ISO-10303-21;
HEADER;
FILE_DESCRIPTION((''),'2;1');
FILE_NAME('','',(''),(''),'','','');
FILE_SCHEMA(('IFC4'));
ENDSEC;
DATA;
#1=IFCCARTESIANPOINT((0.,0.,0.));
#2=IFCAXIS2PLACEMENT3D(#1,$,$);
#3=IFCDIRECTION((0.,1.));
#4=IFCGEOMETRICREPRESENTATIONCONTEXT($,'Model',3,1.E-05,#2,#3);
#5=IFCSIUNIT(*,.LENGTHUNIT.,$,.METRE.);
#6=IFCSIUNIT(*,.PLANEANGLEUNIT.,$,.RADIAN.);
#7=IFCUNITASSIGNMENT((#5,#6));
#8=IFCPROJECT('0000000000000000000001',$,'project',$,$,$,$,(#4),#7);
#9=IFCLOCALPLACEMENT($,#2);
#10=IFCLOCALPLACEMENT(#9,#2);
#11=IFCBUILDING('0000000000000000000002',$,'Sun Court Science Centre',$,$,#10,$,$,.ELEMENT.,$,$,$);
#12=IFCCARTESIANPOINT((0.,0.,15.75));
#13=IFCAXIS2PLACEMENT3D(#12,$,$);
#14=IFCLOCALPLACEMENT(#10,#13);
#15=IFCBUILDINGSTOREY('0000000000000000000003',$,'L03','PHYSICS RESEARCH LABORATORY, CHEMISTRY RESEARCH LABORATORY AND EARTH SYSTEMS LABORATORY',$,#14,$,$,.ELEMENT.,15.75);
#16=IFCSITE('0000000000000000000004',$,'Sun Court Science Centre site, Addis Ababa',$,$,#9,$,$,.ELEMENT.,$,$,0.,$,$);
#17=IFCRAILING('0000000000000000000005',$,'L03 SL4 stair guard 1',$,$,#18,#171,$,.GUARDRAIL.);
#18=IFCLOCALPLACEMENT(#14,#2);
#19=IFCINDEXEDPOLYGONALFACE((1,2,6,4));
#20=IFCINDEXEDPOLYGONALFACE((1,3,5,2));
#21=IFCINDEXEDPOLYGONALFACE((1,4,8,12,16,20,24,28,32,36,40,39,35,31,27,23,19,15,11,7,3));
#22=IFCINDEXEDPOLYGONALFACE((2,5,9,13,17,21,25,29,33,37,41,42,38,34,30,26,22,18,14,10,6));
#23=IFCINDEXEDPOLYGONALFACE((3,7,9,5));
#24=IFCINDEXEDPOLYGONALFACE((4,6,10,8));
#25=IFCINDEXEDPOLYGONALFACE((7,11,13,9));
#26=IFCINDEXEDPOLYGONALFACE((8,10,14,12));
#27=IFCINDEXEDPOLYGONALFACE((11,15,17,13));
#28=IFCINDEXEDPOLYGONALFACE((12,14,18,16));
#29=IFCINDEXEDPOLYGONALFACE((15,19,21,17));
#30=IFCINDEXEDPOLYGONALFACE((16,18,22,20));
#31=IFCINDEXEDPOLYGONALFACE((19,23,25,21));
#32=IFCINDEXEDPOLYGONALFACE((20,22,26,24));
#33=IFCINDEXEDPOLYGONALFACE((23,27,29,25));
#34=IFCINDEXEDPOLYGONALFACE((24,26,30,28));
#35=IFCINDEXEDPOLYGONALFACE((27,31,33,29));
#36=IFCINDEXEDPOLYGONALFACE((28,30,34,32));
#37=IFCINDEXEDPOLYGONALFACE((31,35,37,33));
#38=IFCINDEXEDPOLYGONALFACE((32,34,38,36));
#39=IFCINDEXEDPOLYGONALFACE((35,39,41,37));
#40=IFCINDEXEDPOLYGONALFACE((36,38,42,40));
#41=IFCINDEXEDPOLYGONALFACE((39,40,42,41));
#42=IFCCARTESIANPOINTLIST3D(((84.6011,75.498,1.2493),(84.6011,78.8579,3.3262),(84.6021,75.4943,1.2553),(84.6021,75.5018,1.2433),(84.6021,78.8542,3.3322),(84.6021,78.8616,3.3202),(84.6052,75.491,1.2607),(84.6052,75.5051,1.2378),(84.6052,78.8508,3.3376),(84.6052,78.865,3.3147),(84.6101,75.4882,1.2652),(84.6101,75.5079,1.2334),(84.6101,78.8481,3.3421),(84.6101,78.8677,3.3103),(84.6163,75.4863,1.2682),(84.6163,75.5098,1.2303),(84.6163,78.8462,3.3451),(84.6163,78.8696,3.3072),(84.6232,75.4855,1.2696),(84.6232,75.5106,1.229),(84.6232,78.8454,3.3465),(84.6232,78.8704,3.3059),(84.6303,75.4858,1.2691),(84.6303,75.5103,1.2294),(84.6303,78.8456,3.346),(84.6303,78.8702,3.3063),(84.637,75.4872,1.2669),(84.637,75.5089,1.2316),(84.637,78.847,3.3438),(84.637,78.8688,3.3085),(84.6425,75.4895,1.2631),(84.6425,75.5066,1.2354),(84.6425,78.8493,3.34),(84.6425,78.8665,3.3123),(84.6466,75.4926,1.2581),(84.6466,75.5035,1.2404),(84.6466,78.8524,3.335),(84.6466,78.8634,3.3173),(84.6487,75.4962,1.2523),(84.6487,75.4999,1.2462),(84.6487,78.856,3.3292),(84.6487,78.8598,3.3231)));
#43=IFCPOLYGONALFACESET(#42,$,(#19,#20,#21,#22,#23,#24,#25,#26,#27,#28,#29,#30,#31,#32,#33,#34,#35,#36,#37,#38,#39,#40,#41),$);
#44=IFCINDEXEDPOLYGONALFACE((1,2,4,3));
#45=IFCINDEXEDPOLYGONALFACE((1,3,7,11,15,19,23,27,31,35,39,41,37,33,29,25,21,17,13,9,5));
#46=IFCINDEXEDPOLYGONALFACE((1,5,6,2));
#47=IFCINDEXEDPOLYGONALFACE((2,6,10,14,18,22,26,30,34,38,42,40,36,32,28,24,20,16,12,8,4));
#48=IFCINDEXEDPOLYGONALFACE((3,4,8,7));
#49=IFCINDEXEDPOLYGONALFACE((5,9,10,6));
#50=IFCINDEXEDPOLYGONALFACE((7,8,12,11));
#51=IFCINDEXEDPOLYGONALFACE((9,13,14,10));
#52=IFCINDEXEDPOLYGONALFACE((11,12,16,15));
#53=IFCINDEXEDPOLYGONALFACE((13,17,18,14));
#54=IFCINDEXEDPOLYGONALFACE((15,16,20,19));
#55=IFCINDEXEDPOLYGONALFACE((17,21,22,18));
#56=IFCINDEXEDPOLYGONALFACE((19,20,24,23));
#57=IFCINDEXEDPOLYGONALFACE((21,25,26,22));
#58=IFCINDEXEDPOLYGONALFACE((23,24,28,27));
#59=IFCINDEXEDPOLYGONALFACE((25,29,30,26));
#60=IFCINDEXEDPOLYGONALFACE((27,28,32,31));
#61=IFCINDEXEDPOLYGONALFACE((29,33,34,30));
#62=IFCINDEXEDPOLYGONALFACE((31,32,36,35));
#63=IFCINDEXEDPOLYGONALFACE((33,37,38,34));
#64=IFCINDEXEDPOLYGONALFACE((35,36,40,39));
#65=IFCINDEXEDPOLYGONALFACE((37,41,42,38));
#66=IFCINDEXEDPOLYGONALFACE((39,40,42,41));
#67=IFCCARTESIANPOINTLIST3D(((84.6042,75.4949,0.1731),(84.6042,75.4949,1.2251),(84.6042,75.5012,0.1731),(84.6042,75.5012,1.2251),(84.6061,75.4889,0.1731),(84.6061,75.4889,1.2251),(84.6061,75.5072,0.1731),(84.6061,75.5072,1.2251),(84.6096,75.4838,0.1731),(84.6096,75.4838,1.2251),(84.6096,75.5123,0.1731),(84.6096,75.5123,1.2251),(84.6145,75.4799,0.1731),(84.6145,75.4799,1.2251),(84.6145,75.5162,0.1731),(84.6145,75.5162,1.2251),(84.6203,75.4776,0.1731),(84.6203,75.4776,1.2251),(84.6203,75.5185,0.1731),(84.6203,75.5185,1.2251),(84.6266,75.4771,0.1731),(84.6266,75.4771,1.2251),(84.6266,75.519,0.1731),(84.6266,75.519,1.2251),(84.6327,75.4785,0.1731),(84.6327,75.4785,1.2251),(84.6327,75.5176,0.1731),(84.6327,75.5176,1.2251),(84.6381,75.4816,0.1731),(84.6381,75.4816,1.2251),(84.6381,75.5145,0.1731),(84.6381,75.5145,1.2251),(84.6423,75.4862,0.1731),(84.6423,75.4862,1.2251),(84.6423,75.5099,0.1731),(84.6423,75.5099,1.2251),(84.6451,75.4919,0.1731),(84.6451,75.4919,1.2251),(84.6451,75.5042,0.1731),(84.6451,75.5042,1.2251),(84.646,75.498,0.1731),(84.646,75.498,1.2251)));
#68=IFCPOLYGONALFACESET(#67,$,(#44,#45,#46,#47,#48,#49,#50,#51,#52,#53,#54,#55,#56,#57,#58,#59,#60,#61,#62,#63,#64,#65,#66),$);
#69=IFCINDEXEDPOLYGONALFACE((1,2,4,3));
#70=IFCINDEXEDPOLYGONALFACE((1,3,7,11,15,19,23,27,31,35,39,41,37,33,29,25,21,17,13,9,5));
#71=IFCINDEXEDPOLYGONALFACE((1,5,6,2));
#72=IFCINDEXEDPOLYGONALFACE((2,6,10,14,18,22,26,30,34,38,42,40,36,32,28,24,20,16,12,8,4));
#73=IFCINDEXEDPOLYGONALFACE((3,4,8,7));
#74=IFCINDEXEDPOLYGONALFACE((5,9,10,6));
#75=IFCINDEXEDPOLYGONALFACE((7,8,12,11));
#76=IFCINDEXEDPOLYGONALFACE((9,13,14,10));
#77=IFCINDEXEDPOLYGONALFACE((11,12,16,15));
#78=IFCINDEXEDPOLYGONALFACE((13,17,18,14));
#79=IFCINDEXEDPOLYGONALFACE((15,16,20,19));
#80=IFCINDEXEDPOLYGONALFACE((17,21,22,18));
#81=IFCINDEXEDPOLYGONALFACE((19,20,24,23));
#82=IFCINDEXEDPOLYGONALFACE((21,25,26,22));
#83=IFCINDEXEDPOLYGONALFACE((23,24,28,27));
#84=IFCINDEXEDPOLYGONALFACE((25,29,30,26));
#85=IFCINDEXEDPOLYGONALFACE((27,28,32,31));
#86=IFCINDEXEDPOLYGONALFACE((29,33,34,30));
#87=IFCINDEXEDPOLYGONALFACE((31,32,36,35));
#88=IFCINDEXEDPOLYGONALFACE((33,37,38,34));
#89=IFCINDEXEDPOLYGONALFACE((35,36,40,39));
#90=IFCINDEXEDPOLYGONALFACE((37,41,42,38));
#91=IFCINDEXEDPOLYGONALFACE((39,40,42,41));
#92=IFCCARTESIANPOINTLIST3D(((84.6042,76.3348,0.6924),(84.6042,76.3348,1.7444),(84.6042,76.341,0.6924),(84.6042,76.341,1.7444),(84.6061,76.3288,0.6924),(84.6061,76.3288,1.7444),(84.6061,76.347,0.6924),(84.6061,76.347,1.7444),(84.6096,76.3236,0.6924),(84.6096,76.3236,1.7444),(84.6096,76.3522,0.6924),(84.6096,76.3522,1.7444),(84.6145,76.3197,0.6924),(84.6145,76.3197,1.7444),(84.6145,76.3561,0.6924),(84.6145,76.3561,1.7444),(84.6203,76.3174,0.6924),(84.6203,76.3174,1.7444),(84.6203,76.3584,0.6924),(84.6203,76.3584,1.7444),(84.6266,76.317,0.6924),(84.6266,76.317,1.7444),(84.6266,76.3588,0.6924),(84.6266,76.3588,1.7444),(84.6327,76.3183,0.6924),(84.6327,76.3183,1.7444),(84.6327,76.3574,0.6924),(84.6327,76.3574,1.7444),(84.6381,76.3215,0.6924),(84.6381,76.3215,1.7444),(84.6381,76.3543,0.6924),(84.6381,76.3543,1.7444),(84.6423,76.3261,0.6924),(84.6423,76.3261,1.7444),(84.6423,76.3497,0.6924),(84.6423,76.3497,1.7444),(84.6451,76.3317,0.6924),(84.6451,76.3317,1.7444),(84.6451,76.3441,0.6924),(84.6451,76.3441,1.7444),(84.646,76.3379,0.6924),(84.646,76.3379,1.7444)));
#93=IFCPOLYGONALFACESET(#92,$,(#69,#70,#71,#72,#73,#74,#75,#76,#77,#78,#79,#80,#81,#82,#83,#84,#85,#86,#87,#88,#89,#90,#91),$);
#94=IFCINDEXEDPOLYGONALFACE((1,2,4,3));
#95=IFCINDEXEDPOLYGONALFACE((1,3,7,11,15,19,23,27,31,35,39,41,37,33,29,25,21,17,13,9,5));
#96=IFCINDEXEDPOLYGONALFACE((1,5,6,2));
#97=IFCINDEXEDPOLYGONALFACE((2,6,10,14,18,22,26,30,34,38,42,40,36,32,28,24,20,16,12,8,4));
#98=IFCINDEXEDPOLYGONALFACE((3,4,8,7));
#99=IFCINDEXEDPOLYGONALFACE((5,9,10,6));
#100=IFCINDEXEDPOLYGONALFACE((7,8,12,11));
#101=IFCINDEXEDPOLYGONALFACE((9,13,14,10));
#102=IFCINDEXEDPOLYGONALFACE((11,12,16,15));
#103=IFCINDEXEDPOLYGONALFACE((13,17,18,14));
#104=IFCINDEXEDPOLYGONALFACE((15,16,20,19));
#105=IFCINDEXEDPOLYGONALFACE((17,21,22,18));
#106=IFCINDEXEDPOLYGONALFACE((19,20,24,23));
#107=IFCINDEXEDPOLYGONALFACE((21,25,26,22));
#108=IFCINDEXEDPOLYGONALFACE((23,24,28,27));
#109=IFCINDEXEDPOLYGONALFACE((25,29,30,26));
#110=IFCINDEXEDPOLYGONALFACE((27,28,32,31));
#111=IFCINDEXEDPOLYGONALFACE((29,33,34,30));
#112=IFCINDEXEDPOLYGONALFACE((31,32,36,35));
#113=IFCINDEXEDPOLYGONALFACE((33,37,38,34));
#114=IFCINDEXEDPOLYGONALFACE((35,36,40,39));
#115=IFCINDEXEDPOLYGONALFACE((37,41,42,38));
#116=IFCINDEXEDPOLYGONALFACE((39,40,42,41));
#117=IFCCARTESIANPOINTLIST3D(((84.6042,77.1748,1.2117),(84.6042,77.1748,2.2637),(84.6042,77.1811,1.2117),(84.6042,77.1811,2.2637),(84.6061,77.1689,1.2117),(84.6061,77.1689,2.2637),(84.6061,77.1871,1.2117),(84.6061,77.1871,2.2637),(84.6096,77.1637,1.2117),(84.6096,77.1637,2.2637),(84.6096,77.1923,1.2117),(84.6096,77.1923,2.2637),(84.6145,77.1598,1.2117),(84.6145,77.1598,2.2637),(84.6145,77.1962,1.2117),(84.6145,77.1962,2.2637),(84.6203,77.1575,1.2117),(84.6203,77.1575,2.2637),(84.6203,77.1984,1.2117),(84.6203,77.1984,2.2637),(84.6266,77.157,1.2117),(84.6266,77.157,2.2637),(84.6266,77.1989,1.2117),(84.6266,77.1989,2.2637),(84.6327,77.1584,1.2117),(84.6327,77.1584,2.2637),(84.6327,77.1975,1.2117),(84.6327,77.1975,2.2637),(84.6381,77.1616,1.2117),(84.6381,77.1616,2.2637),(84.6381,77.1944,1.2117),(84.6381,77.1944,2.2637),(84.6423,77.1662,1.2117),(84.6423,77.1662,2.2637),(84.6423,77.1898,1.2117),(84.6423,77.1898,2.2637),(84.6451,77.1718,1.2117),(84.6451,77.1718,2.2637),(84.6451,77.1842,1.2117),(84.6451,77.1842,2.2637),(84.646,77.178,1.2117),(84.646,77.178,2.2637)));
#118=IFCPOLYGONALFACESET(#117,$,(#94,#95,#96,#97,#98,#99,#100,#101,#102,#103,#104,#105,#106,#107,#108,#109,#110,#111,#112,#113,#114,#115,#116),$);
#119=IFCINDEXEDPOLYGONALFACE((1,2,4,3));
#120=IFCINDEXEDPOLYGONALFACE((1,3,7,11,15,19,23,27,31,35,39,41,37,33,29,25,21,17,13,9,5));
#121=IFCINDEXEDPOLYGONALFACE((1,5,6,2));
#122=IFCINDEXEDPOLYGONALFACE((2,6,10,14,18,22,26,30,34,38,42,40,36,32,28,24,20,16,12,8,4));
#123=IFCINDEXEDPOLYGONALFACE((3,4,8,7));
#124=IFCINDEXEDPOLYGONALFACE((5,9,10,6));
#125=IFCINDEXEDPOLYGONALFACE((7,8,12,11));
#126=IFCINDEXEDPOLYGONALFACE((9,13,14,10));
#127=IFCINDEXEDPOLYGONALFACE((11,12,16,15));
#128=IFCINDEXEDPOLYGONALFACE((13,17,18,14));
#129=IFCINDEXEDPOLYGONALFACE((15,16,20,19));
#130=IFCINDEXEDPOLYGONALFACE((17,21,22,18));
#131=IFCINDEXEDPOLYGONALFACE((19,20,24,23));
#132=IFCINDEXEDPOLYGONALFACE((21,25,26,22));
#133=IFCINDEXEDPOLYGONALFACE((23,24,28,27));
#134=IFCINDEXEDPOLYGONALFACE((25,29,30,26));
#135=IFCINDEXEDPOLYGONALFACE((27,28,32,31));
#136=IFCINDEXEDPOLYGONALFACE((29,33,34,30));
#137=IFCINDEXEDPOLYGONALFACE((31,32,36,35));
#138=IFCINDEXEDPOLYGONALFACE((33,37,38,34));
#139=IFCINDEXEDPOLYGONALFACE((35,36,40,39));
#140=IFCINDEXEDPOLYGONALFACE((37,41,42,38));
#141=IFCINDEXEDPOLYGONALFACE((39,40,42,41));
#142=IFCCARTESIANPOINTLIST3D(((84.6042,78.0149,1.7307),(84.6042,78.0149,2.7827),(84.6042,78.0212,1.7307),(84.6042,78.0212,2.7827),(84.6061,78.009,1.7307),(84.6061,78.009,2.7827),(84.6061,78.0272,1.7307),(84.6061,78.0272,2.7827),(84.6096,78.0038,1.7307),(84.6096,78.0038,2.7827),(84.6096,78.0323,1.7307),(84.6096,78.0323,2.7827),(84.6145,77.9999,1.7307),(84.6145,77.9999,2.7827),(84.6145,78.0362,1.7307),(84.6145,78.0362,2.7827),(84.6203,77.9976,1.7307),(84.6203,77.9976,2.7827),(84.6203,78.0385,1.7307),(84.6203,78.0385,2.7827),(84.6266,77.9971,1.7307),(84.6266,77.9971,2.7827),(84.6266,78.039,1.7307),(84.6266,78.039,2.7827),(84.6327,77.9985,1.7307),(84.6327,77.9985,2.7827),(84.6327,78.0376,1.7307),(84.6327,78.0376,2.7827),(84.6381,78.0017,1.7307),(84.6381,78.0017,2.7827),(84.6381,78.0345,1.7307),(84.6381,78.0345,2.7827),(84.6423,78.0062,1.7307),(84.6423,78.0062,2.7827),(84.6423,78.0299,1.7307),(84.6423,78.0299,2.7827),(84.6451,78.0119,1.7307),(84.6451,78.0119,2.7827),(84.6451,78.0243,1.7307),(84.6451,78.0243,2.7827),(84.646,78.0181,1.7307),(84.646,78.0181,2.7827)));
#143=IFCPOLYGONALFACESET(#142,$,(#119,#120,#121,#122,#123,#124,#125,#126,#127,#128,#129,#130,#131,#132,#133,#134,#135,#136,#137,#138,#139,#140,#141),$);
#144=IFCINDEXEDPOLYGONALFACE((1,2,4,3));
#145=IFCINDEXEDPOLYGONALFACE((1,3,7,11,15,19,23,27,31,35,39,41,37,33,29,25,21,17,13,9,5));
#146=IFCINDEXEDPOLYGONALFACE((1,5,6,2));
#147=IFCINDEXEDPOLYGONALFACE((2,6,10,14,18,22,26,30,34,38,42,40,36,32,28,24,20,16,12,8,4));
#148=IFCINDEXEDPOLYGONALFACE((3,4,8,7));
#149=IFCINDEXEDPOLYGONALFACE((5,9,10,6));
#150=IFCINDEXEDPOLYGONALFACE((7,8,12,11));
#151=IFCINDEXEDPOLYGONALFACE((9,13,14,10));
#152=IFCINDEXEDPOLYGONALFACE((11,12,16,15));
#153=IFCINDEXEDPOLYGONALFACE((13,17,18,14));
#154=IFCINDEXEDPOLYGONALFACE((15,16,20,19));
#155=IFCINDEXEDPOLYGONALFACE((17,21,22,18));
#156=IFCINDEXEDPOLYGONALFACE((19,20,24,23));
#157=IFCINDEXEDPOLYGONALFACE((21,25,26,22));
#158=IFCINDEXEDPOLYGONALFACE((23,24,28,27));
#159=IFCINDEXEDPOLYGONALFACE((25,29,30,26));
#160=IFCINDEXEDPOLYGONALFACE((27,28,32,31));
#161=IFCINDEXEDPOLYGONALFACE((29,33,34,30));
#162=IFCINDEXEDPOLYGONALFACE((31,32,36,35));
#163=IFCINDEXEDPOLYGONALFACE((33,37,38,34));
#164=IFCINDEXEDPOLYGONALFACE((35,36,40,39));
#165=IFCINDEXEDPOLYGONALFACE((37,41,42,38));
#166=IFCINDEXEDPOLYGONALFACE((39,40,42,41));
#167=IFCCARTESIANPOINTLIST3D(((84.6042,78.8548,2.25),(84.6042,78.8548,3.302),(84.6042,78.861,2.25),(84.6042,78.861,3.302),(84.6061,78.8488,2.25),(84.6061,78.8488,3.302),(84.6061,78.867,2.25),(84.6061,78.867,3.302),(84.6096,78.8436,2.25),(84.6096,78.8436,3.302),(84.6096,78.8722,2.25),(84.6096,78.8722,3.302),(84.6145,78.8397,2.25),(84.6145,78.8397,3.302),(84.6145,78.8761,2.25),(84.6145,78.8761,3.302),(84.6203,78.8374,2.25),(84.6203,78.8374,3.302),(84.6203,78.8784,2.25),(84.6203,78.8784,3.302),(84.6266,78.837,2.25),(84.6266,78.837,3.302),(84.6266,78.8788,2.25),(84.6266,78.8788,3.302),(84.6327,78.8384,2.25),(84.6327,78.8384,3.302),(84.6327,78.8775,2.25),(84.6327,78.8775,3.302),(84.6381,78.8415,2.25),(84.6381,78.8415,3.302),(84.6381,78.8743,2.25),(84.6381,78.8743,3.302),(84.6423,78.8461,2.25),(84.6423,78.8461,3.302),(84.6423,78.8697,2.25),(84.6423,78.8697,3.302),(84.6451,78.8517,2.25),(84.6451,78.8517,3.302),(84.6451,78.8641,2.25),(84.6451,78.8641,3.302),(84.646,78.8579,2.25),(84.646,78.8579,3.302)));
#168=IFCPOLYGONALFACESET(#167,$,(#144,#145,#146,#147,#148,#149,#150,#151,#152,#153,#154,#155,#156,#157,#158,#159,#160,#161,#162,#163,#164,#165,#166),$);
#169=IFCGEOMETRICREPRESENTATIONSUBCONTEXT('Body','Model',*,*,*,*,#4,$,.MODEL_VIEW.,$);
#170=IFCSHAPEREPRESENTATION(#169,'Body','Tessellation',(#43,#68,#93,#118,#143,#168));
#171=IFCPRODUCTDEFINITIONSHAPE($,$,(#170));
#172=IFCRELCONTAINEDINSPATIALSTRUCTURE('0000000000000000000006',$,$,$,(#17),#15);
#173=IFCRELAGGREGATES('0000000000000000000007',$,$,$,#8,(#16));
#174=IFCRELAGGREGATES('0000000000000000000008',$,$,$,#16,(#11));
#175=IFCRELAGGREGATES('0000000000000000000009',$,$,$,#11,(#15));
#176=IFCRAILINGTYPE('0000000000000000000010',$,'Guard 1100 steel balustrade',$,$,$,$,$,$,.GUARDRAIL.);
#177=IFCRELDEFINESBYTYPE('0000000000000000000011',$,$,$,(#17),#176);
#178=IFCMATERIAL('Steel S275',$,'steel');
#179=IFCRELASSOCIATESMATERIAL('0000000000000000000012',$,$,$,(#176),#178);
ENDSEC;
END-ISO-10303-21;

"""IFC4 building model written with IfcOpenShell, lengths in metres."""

from ifc_helpers import new_model, si_unit, direction, frame, origin, origin_2d, place, context, subcontext, project, spatial, circle, extrude, material, type_object, element, save


model = new_model("IFC4")

# Units and contexts
model_context = context("Model", 3, precision=1e-05, world=origin(), true_north=direction((0.0, 1.0)))
body_context = subcontext(model_context, "Body", "Model", "MODEL_VIEW")
ifc_project = project(units=[si_unit("LENGTHUNIT", "METRE"), si_unit("PLANEANGLEUNIT", "RADIAN")], contexts=[model_context])

# Site, building, storey
site_placement = place(None, origin())
site = spatial("IfcSite", under=ifc_project, at=site_placement, Name="Sun Court Science Centre site, Addis Ababa", CompositionType="ELEMENT", RefElevation=0.0)
building_placement = place(site_placement, origin())
building = spatial("IfcBuilding", under=site, at=building_placement, Name="Sun Court Science Centre", CompositionType="ELEMENT")
storey_placement = place(building_placement, frame((0.0, 0.0, 15.75)))
storey = spatial("IfcBuildingStorey", under=building, at=storey_placement, Name="L03", Description="PHYSICS RESEARCH LABORATORY, CHEMISTRY RESEARCH LABORATORY AND EARTH SYSTEMS LABORATORY", CompositionType="ELEMENT", Elevation=15.75)

# Railing
ifc_material_1 = material(Name="Steel S275", Category="steel")
railing_type = type_object("IfcRailingType", Name="Guard 1100 steel balustrade", PredefinedType="GUARDRAIL", material=ifc_material_1)
railing_1_placement = place(storey_placement, frame((84.625, 75.498, 0.1731)))
element("IfcRailing", 1, at=railing_1_placement, inside=storey, type_object=railing_type, Name="L03 SL4 stair guard 1", PredefinedType="GUARDRAIL", context=body_context, shape_type="SweptSolid", body=[
    extrude(circle(Radius=0.0239, at=origin_2d()), frame((0.0, 0.0, 1.0762), z_axis=(0.0, 0.850606, 0.525803), x_axis=(-1.0, 0.0, 0.0)), (0.0, 0.0, 1.0), 3.95),
    extrude(circle(Radius=0.021, at=origin_2d()), origin(), (0.0, 0.0, 1.0), 1.052),
    extrude(circle(Radius=0.021, at=origin_2d()), frame((0.0, 0.8398, 0.5193)), (0.0, 0.0, 1.0), 1.052),
    extrude(circle(Radius=0.021, at=origin_2d()), frame((0.0, 1.6799, 1.0386)), (0.0, 0.0, 1.0), 1.052),
    extrude(circle(Radius=0.021, at=origin_2d()), frame((0.0, 2.52, 1.5576)), (0.0, 0.0, 1.0), 1.052),
    extrude(circle(Radius=0.021, at=origin_2d()), frame((0.0, 3.3599, 2.0769)), (0.0, 0.0, 1.0), 1.052),
])

save(model, "model.ifc")
